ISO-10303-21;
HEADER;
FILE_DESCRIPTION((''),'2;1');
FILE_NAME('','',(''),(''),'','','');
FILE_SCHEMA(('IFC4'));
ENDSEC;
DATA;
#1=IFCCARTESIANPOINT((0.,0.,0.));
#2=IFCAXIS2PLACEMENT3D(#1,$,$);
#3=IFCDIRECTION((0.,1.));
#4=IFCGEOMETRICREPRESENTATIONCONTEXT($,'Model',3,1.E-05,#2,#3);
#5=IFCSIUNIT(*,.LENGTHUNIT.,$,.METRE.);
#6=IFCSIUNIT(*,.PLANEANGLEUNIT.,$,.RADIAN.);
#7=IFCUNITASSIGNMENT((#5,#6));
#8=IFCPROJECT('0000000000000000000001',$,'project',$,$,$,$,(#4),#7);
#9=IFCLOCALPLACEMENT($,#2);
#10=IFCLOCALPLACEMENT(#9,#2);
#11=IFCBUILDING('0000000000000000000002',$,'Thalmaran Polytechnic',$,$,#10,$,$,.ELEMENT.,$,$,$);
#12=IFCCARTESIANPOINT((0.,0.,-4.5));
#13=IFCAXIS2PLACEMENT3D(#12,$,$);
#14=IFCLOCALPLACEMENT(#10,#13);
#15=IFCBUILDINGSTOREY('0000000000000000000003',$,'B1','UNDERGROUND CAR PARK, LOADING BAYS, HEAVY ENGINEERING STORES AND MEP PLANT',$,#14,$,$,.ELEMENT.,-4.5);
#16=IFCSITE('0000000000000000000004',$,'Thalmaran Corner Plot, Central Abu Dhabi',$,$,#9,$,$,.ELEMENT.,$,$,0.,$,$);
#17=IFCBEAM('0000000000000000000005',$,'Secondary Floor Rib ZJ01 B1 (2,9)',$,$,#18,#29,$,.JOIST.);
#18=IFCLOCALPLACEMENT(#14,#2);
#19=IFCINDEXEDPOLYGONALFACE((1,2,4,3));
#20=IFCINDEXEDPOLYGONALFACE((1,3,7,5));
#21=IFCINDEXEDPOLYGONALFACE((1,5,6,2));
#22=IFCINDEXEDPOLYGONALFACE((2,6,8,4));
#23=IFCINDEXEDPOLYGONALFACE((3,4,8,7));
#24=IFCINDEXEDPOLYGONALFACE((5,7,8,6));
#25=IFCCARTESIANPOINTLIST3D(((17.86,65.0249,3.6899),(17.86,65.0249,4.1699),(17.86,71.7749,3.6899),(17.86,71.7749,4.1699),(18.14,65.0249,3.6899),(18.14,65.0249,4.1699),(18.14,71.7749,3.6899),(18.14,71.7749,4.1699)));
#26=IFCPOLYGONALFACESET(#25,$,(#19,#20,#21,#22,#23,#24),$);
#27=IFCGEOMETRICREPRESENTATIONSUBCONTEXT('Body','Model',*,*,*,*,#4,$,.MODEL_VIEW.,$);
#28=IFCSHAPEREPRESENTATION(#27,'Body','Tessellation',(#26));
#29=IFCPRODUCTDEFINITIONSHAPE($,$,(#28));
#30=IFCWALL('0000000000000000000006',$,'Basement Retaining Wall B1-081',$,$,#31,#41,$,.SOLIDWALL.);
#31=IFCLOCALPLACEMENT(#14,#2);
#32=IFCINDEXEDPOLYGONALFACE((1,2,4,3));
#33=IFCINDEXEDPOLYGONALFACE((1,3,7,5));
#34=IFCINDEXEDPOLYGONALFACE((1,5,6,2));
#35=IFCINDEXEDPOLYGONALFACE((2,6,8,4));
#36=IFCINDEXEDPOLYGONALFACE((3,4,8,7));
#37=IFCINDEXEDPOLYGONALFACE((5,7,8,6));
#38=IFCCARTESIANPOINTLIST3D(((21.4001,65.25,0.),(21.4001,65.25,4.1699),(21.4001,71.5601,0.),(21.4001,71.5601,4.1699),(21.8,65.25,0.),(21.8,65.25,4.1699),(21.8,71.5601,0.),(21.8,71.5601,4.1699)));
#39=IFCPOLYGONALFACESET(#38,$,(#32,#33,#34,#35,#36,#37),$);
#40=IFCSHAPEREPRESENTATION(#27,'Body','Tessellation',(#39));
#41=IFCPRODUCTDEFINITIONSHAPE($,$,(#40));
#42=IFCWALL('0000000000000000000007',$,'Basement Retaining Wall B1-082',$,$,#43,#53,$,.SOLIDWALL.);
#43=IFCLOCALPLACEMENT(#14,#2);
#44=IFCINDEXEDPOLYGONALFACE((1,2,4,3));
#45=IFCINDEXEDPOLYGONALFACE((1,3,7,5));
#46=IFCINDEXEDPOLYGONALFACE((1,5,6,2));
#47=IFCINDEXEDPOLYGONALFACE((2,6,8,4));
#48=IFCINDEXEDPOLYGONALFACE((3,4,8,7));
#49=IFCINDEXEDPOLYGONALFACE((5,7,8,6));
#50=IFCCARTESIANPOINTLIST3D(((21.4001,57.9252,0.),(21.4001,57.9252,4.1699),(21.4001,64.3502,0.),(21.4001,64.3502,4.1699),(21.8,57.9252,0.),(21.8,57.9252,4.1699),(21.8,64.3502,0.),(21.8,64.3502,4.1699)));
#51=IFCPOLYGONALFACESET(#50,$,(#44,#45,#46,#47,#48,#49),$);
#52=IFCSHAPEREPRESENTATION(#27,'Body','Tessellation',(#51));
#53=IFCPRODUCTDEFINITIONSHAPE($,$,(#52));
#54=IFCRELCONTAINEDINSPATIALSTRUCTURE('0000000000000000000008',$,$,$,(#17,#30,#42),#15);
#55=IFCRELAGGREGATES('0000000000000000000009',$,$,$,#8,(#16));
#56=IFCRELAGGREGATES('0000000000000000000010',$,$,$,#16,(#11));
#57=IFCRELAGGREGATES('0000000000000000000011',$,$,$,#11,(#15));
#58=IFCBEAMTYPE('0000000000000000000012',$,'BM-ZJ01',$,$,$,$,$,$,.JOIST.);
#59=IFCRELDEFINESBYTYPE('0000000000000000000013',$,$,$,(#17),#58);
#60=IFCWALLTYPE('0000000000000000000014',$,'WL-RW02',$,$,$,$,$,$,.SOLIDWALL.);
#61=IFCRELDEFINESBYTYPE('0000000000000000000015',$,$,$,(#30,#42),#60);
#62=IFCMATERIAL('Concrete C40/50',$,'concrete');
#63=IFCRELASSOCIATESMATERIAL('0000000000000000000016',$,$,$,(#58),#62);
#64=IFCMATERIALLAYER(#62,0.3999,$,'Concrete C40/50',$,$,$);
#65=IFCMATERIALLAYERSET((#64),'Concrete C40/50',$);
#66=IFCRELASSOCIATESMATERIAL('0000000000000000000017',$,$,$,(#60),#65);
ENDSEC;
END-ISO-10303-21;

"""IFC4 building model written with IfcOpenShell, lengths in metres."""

from ifc_helpers import new_model, si_unit, direction, frame, frame_2d, origin, origin_2d, place, context, subcontext, project, spatial, rectangle, extrude, material, layer, layer_set, material_profile, profile_set, type_object, element, save


model = new_model("IFC4")

# Units and contexts
model_context = context("Model", 3, precision=1e-05, world=origin(), true_north=direction((0.0, 1.0)))
body_context = subcontext(model_context, "Body", "Model", "MODEL_VIEW")
ifc_project = project(units=[si_unit("LENGTHUNIT", "METRE"), si_unit("PLANEANGLEUNIT", "RADIAN")], contexts=[model_context])

# Site, building, storey
site_placement = place(None, origin())
site = spatial("IfcSite", under=ifc_project, at=site_placement, Name="Thalmaran Corner Plot, Central Abu Dhabi", CompositionType="ELEMENT", RefElevation=0.0)
building_placement = place(site_placement, origin())
building = spatial("IfcBuilding", under=site, at=building_placement, Name="Thalmaran Polytechnic", CompositionType="ELEMENT")
storey_placement = place(building_placement, frame((0.0, 0.0, -4.5)))
storey = spatial("IfcBuildingStorey", under=building, at=storey_placement, Name="B1", Description="UNDERGROUND CAR PARK, LOADING BAYS, HEAVY ENGINEERING STORES AND MEP PLANT", CompositionType="ELEMENT", Elevation=-4.5)

# Shared definitions
ifc_material_1 = material(Name="Concrete C40/50", Category="concrete")

# Beam
ifc_material_profile_1 = material_profile(ifc_material_1, rectangle(XDim=0.28, YDim=0.48, at=origin_2d()), Name="RC 280x480")
ifc_profile_set_1 = profile_set([ifc_material_profile_1], Name="Concrete C40/50")
beam_type_1 = type_object("IfcBeamType", Name="BM-ZJ01", PredefinedType="JOIST", material=ifc_profile_set_1)
beam_1_placement = place(storey_placement, frame((18.0, 65.0249, 3.9299), z_axis=(0.0, 1.0, 0.0), x_axis=(-1.0, 0.0, 0.0)))
element("IfcBeam", 1, at=beam_1_placement, inside=storey, type_object=beam_type_1, Name="Secondary Floor Rib ZJ01 B1 (2,9)", PredefinedType="JOIST", context=body_context, shape_type="SweptSolid", body=[
    extrude(rectangle(XDim=0.28, YDim=0.48, at=origin_2d()), origin(), (0.0, 0.0, 1.0), 6.75),
])

# Walls
ifc_layer = layer(ifc_material_1, 0.3999, Name="Concrete C40/50")
ifc_layer_set = layer_set([ifc_layer], Name="Concrete C40/50")
wall_type = type_object("IfcWallType", Name="WL-RW02", PredefinedType="SOLIDWALL", material=ifc_layer_set)
wall_1_placement = place(storey_placement, frame((21.6001, 71.5601, 0.0), z_axis=(0.0, 0.0, 1.0), x_axis=(0.0, -1.0, 0.0)))
element("IfcWall", 2, at=wall_1_placement, inside=storey, type_object=wall_type, Name="Basement Retaining Wall B1-081", PredefinedType="SOLIDWALL", context=body_context, shape_type="SweptSolid", body=[
    extrude(rectangle(XDim=6.3101, YDim=0.3999, at=frame_2d((3.155, 0.0))), origin(), (0.0, 0.0, 1.0), 4.1699),
])
wall_2_placement = place(storey_placement, frame((21.6001, 64.3501, 0.0), z_axis=(0.0, 0.0, 1.0), x_axis=(0.0, -1.0, 0.0)))
element("IfcWall", 3, at=wall_2_placement, inside=storey, type_object=wall_type, Name="Basement Retaining Wall B1-082", PredefinedType="SOLIDWALL", context=body_context, shape_type="SweptSolid", body=[
    extrude(rectangle(XDim=6.425, YDim=0.3999, at=frame_2d((3.2124, 0.0))), origin(), (0.0, 0.0, 1.0), 4.1699),
])

save(model, "model.ifc")
